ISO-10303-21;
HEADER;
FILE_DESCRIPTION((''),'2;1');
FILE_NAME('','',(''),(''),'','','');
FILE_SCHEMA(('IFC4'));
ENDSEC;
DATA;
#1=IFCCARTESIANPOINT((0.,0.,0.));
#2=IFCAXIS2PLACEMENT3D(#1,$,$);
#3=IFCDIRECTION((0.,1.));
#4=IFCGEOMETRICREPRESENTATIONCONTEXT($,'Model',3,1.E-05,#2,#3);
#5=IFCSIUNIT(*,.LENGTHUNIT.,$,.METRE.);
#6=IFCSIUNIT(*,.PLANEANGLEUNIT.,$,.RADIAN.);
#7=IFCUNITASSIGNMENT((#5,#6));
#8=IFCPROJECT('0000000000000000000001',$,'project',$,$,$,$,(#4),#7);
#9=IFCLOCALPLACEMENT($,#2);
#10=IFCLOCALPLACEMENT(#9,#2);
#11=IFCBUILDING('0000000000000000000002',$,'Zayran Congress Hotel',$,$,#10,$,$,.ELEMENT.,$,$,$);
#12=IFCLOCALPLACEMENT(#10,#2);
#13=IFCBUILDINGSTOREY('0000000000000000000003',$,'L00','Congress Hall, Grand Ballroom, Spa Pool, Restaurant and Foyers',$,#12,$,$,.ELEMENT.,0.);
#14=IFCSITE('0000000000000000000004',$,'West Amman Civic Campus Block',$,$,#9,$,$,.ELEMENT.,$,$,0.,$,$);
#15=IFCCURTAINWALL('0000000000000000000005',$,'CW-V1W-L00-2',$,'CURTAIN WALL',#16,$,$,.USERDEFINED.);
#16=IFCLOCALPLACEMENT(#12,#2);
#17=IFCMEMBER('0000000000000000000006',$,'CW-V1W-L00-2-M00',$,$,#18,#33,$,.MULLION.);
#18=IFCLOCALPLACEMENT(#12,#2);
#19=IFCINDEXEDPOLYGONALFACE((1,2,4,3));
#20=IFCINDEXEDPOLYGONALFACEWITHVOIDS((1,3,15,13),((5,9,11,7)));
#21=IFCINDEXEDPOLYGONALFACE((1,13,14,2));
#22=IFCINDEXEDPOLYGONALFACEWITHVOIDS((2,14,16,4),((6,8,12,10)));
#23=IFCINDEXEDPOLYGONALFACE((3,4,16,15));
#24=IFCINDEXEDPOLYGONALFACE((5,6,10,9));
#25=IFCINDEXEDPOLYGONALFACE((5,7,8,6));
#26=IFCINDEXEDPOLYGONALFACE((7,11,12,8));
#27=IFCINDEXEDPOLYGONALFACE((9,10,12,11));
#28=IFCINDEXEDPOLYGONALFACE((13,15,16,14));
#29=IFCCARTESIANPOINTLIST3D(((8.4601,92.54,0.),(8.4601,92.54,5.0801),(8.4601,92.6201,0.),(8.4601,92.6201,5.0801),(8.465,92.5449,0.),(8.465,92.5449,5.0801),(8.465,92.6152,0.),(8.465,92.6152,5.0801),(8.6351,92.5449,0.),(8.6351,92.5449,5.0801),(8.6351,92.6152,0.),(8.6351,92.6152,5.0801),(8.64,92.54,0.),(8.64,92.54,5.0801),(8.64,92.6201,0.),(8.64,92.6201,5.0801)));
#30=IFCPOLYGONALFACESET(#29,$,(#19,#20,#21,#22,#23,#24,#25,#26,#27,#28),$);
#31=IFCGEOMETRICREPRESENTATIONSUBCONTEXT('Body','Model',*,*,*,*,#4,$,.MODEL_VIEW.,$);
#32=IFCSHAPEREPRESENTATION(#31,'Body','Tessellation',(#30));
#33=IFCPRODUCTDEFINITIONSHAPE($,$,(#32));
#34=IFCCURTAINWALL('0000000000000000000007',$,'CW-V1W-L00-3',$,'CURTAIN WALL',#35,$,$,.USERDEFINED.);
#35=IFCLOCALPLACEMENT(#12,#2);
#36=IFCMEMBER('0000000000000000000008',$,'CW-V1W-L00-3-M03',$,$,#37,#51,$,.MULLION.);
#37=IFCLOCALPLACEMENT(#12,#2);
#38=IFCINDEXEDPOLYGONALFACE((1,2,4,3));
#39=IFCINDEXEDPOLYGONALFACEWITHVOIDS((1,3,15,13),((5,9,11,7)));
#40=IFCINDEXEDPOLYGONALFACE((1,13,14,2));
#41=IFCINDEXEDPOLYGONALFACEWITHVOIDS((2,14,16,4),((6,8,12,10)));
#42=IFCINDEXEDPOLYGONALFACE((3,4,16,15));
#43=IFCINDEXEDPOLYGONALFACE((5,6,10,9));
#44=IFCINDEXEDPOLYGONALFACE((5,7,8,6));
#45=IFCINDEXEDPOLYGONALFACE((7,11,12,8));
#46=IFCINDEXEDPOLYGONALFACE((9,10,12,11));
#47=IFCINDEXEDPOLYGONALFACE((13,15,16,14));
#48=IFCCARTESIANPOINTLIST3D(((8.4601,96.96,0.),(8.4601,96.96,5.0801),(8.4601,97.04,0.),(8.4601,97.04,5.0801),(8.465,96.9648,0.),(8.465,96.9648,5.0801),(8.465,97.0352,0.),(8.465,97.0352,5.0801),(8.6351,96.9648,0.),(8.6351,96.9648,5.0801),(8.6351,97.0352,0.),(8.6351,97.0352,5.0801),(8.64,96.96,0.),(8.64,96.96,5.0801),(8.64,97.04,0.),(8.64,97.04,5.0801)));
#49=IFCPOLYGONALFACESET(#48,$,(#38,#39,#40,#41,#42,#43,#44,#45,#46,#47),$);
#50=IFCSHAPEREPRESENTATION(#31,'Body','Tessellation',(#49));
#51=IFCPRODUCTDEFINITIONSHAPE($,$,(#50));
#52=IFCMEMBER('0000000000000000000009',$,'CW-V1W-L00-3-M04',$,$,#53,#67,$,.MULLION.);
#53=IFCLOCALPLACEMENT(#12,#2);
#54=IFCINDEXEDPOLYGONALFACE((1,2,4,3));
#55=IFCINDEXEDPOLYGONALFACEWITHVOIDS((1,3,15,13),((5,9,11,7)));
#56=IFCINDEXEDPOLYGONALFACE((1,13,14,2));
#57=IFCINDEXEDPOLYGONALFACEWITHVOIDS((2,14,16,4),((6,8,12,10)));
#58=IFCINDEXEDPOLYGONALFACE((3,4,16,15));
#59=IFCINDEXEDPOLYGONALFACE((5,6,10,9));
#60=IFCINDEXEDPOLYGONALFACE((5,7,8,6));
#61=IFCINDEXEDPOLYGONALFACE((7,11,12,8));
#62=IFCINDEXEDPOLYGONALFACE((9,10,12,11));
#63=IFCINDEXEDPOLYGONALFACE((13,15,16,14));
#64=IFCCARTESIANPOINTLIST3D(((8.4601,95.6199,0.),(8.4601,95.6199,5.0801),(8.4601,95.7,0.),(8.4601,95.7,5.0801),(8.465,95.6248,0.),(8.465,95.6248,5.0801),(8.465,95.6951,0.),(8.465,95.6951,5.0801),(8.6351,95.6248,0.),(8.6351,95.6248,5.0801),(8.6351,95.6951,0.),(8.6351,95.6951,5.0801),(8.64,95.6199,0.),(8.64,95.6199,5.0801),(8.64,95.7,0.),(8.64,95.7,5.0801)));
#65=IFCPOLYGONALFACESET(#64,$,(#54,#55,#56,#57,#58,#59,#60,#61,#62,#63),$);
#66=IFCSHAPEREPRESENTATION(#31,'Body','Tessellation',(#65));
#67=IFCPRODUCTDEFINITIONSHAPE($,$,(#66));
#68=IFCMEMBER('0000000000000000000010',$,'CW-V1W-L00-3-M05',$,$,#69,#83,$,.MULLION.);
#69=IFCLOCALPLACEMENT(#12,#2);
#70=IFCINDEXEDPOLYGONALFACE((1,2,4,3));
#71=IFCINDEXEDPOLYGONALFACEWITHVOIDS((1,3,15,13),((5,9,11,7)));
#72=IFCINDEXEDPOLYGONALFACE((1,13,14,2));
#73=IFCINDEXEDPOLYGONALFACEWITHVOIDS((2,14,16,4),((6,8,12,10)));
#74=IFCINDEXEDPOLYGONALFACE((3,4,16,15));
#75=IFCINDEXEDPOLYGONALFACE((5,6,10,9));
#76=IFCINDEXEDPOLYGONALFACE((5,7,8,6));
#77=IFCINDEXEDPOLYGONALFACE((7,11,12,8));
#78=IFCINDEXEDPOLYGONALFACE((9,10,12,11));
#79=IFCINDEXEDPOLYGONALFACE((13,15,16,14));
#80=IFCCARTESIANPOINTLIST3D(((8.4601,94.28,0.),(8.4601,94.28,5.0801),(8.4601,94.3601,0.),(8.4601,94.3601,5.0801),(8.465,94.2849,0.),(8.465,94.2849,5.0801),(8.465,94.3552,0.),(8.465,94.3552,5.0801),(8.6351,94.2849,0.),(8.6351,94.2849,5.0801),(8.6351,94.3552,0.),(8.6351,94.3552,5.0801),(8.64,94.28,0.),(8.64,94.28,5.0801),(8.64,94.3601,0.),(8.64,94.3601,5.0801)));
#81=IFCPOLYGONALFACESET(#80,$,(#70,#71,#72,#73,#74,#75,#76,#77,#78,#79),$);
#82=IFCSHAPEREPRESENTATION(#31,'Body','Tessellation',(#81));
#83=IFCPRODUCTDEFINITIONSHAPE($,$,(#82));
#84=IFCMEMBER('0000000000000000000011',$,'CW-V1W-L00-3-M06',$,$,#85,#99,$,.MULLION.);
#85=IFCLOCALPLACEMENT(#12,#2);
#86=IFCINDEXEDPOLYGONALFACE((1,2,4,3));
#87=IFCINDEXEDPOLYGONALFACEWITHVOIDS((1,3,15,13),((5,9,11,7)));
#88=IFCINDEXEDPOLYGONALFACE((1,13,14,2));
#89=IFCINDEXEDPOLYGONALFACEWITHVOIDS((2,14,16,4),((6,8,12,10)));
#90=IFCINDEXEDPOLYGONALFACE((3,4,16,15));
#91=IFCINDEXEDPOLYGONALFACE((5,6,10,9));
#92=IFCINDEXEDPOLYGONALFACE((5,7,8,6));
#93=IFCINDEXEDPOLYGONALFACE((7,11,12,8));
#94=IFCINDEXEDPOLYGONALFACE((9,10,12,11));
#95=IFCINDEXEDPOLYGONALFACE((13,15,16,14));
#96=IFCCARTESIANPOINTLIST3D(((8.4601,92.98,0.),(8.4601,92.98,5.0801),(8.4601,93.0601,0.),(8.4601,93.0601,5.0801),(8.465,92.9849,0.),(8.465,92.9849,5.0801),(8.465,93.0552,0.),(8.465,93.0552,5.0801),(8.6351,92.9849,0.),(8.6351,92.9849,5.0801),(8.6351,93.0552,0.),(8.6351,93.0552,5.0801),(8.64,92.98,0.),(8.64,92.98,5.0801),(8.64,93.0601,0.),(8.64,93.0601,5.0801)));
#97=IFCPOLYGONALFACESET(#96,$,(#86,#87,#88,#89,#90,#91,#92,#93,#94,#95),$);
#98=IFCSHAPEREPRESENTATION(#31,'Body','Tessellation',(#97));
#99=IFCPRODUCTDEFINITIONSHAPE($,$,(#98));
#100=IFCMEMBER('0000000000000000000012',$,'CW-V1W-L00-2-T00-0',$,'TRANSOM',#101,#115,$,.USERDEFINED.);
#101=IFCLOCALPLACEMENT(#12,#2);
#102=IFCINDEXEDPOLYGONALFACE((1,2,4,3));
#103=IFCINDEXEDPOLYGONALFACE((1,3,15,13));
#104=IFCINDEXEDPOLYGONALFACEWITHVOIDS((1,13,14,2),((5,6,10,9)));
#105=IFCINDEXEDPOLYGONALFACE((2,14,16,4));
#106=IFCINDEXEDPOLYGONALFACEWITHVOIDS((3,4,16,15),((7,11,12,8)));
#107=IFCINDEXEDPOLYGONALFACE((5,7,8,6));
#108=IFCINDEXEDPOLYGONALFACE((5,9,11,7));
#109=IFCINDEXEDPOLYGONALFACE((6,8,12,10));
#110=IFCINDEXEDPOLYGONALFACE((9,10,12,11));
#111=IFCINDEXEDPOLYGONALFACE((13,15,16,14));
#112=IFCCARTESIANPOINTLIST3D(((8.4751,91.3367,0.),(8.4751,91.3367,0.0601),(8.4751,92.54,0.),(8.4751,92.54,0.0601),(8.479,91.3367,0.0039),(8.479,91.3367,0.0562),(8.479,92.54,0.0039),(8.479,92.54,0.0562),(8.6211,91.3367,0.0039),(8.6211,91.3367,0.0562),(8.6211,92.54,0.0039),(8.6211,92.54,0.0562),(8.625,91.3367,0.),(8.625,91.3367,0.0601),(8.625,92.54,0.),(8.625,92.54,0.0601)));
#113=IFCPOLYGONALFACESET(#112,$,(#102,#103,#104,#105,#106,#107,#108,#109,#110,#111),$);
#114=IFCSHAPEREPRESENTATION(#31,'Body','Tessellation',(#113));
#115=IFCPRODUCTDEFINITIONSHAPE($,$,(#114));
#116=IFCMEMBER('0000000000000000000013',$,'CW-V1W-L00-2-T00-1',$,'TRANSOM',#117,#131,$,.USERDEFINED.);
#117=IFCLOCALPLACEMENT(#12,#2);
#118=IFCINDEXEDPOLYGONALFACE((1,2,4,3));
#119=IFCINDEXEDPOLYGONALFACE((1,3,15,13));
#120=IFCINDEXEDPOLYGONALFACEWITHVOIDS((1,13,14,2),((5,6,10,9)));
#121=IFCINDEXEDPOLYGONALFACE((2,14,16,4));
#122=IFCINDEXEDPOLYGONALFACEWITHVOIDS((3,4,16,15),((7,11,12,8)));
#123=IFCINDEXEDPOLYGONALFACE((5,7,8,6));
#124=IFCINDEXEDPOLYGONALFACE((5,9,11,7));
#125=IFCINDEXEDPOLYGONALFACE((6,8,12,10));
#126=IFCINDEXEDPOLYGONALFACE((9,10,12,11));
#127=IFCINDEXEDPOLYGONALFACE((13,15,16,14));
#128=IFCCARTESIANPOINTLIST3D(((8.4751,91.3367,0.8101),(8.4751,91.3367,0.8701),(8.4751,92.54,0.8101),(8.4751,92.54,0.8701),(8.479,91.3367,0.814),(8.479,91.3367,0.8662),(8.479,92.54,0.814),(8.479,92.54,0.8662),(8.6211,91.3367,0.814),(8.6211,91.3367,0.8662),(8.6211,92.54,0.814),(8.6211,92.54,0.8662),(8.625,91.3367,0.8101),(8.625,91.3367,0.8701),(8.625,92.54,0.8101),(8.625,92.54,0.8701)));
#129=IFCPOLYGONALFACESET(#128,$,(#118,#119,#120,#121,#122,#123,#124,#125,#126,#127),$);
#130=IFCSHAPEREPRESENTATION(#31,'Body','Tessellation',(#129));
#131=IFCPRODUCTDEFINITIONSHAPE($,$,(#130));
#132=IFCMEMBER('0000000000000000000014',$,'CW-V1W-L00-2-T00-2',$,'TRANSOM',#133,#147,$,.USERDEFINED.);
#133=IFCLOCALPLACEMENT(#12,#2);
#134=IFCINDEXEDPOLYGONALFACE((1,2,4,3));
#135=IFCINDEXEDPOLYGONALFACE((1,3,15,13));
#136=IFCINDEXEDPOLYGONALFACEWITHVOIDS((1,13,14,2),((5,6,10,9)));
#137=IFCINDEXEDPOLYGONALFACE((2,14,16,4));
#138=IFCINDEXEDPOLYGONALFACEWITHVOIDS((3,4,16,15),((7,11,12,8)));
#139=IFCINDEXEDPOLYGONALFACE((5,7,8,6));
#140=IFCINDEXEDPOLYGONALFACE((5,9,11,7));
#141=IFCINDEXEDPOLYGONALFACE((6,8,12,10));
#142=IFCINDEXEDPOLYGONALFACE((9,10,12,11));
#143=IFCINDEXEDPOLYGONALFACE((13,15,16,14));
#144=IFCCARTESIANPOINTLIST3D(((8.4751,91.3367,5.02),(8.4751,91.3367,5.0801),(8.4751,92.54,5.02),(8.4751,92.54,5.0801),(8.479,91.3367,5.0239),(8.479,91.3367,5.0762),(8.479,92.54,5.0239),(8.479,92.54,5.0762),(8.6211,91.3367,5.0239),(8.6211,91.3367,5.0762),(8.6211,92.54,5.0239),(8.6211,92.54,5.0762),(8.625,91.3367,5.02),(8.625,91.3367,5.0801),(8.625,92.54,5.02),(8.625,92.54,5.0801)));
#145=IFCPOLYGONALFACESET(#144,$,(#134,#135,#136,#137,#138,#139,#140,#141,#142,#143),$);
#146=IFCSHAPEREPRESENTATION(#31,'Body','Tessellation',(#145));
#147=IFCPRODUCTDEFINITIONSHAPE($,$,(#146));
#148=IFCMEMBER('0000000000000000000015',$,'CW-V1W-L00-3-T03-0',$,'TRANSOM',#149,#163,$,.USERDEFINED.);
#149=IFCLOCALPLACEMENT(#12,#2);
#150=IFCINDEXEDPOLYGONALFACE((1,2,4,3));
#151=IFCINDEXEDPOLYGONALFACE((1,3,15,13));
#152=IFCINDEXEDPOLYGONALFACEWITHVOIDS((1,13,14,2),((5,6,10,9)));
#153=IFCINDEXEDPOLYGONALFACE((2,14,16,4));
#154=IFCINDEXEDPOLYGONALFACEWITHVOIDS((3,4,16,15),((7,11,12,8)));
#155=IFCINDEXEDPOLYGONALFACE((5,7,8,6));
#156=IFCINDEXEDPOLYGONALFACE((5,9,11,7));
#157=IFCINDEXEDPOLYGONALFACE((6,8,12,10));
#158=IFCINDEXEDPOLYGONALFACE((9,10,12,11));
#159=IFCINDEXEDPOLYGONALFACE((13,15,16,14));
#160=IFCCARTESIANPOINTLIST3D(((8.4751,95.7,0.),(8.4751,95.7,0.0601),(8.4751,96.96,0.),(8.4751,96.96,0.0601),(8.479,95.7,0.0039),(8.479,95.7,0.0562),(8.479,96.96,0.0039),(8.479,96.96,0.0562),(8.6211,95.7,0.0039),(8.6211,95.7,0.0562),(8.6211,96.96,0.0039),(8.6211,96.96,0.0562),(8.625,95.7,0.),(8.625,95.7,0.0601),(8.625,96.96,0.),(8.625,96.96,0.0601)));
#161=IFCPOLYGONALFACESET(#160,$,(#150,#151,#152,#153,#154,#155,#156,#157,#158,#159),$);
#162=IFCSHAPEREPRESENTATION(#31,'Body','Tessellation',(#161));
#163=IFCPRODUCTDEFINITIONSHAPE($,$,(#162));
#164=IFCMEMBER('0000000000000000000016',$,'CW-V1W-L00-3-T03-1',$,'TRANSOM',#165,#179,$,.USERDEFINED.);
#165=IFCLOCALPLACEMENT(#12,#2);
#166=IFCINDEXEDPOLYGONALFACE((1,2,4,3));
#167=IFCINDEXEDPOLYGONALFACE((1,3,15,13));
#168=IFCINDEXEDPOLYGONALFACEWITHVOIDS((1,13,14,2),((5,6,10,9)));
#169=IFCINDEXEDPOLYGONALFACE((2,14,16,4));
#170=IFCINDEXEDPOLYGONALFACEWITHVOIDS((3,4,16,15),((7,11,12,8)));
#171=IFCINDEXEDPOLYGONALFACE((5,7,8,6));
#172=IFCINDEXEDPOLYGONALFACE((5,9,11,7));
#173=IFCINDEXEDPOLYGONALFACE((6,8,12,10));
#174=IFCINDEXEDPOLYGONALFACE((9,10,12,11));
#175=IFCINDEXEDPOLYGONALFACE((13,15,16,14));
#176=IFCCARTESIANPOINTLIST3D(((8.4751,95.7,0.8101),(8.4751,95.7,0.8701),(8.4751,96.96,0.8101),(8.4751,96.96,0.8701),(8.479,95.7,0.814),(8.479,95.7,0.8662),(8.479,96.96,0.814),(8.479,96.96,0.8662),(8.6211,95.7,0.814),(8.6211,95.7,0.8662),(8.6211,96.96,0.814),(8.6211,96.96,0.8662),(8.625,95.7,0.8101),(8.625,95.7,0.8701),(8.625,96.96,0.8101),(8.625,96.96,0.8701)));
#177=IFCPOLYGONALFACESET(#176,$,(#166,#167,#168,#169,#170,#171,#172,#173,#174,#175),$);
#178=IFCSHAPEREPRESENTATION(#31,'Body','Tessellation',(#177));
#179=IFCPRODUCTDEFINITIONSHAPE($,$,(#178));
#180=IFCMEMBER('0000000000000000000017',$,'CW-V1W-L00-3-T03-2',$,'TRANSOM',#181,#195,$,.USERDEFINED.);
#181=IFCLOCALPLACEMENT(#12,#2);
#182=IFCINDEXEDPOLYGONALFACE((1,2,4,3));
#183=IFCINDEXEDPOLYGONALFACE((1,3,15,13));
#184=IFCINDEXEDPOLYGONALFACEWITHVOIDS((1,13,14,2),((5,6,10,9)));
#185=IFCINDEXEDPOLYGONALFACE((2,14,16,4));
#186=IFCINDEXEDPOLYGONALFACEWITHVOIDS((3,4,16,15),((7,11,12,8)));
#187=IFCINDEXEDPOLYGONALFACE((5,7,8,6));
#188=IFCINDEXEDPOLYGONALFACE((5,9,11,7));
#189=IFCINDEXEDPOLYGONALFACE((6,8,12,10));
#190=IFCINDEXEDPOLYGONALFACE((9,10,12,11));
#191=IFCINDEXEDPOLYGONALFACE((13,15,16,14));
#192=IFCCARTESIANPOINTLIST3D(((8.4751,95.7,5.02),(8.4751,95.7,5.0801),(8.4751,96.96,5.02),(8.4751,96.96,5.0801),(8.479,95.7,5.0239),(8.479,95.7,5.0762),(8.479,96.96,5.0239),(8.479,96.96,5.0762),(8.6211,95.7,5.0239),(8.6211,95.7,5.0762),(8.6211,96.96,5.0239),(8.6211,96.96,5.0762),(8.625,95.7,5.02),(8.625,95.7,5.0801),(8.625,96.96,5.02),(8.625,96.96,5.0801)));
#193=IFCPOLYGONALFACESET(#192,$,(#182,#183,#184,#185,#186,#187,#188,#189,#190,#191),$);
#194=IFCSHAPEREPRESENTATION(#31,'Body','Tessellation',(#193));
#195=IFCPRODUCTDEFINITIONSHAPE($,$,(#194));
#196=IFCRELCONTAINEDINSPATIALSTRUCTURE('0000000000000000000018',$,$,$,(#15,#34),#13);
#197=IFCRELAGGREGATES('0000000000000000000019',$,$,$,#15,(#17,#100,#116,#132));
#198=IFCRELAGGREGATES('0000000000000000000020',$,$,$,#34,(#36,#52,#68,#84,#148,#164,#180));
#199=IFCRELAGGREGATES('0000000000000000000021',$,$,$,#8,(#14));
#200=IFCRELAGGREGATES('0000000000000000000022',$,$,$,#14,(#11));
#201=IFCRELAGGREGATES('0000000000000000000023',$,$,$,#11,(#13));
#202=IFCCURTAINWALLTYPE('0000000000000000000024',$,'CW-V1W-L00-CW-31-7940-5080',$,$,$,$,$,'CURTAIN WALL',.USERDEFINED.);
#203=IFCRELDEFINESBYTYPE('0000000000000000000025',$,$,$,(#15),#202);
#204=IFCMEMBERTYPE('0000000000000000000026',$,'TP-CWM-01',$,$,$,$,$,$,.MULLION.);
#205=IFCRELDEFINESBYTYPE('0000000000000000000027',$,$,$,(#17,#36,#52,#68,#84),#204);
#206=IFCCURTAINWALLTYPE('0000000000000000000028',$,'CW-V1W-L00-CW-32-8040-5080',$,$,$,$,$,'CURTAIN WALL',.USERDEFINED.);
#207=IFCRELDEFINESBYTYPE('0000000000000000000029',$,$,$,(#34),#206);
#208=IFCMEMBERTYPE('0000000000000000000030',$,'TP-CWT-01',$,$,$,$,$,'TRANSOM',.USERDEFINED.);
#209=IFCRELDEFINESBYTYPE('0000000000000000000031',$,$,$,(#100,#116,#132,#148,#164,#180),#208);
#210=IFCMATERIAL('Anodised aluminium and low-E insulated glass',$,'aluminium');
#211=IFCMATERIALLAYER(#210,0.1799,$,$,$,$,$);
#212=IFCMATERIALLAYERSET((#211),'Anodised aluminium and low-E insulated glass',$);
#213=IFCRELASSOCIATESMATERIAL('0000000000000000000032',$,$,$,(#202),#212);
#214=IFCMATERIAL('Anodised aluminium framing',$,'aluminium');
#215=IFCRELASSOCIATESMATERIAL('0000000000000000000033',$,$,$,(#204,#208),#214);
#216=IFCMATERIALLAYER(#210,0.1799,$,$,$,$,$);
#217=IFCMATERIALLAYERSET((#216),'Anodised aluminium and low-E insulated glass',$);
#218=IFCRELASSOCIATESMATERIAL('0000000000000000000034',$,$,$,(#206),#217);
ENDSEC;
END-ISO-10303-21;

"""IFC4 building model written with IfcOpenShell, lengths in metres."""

from ifc_helpers import new_model, si_unit, direction, frame, origin, origin_2d, place, context, subcontext, project, spatial, hollow_rectangle, extrude, material, layer, layer_set, material_profile, profile_set, type_object, element, aggregate, save


model = new_model("IFC4")

# Units and contexts
model_context = context("Model", 3, precision=1e-05, world=origin(), true_north=direction((0.0, 1.0)))
body_context = subcontext(model_context, "Body", "Model", "MODEL_VIEW")
ifc_project = project(units=[si_unit("LENGTHUNIT", "METRE"), si_unit("PLANEANGLEUNIT", "RADIAN")], contexts=[model_context])

# Site, building, storey
site_placement = place(None, origin())
site = spatial("IfcSite", under=ifc_project, at=site_placement, Name="West Amman Civic Campus Block", CompositionType="ELEMENT", RefElevation=0.0)
building_placement = place(site_placement, origin())
building = spatial("IfcBuilding", under=site, at=building_placement, Name="Zayran Congress Hotel", CompositionType="ELEMENT")
storey_placement = place(building_placement, origin())
storey = spatial("IfcBuildingStorey", under=building, at=storey_placement, Name="L00", Description="Congress Hall, Grand Ballroom, Spa Pool, Restaurant and Foyers", CompositionType="ELEMENT", Elevation=0.0)

# Curtain wall, member
ifc_material_1 = material(Name="Anodised aluminium and low-E insulated glass", Category="aluminium")
ifc_layer_1 = layer(ifc_material_1, 0.1799)
ifc_layer_set_1 = layer_set([ifc_layer_1], Name="Anodised aluminium and low-E insulated glass")
curtain_wall_type_1 = type_object("IfcCurtainWallType", Name="CW-V1W-L00-CW-31-7940-5080", ElementType="CURTAIN WALL", PredefinedType="USERDEFINED", material=ifc_layer_set_1)
curtain_wall_1_placement = place(storey_placement, origin())
curtain_wall_1 = element("IfcCurtainWall", 1, at=curtain_wall_1_placement, inside=storey, type_object=curtain_wall_type_1, Name="CW-V1W-L00-2", ObjectType="CURTAIN WALL", PredefinedType="USERDEFINED")
ifc_material_2 = material(Name="Anodised aluminium framing", Category="aluminium")
ifc_material_profile_1 = material_profile(ifc_material_2, hollow_rectangle(XDim=0.0801, YDim=0.1799, WallThickness=0.0049, at=origin_2d()), Name="RHS 180x80x5")
ifc_profile_set_1 = profile_set([ifc_material_profile_1], Name="Anodised aluminium framing")
member_type_1 = type_object("IfcMemberType", Name="TP-CWM-01", PredefinedType="MULLION", material=ifc_profile_set_1)
member_1_placement = place(storey_placement, frame((8.55, 92.5801, 0.0), z_axis=(0.0, 0.0, 1.0), x_axis=(0.0, 1.0, 0.0)))
member_1 = element("IfcMember", 2, at=member_1_placement, type_object=member_type_1, Name="CW-V1W-L00-2-M00", PredefinedType="MULLION", context=body_context, shape_type="SweptSolid", body=[
    extrude(hollow_rectangle(XDim=0.0801, YDim=0.1799, WallThickness=0.0049, at=origin_2d()), origin(), (0.0, 0.0, 1.0), 5.0801),
])

# Curtain wall, members
ifc_layer_2 = layer(ifc_material_1, 0.1799)
ifc_layer_set_2 = layer_set([ifc_layer_2], Name="Anodised aluminium and low-E insulated glass")
curtain_wall_type_2 = type_object("IfcCurtainWallType", Name="CW-V1W-L00-CW-32-8040-5080", ElementType="CURTAIN WALL", PredefinedType="USERDEFINED", material=ifc_layer_set_2)
curtain_wall_2_placement = place(storey_placement, origin())
curtain_wall_2 = element("IfcCurtainWall", 3, at=curtain_wall_2_placement, inside=storey, type_object=curtain_wall_type_2, Name="CW-V1W-L00-3", ObjectType="CURTAIN WALL", PredefinedType="USERDEFINED")
member_2_placement = place(storey_placement, frame((8.55, 97.0, 0.0), z_axis=(0.0, 0.0, 1.0), x_axis=(0.0, 1.0, 0.0)))
member_2 = element("IfcMember", 4, at=member_2_placement, type_object=member_type_1, Name="CW-V1W-L00-3-M03", PredefinedType="MULLION", context=body_context, shape_type="SweptSolid", body=[
    extrude(hollow_rectangle(XDim=0.0801, YDim=0.1799, WallThickness=0.0049, at=origin_2d()), origin(), (0.0, 0.0, 1.0), 5.0801),
])
member_3_placement = place(storey_placement, frame((8.55, 95.6599, 0.0), z_axis=(0.0, 0.0, 1.0), x_axis=(0.0, 1.0, 0.0)))
member_3 = element("IfcMember", 5, at=member_3_placement, type_object=member_type_1, Name="CW-V1W-L00-3-M04", PredefinedType="MULLION", context=body_context, shape_type="SweptSolid", body=[
    extrude(hollow_rectangle(XDim=0.0801, YDim=0.1799, WallThickness=0.0049, at=origin_2d()), origin(), (0.0, 0.0, 1.0), 5.0801),
])
member_4_placement = place(storey_placement, frame((8.55, 94.3201, 0.0), z_axis=(0.0, 0.0, 1.0), x_axis=(0.0, 1.0, 0.0)))
member_4 = element("IfcMember", 6, at=member_4_placement, type_object=member_type_1, Name="CW-V1W-L00-3-M05", PredefinedType="MULLION", context=body_context, shape_type="SweptSolid", body=[
    extrude(hollow_rectangle(XDim=0.0801, YDim=0.1799, WallThickness=0.0049, at=origin_2d()), origin(), (0.0, 0.0, 1.0), 5.0801),
])
member_5_placement = place(storey_placement, frame((8.55, 93.02, 0.0), z_axis=(0.0, 0.0, 1.0), x_axis=(0.0, 1.0, 0.0)))
member_5 = element("IfcMember", 7, at=member_5_placement, type_object=member_type_1, Name="CW-V1W-L00-3-M06", PredefinedType="MULLION", context=body_context, shape_type="SweptSolid", body=[
    extrude(hollow_rectangle(XDim=0.0801, YDim=0.1799, WallThickness=0.0049, at=origin_2d()), origin(), (0.0, 0.0, 1.0), 5.0801),
])

# Members
ifc_material_profile_2 = material_profile(ifc_material_2, hollow_rectangle(XDim=0.0601, YDim=0.1499, WallThickness=0.0039, at=origin_2d()), Name="RHS 150x60x4")
ifc_profile_set_2 = profile_set([ifc_material_profile_2], Name="Anodised aluminium framing")
member_type_2 = type_object("IfcMemberType", Name="TP-CWT-01", ElementType="TRANSOM", PredefinedType="USERDEFINED", material=ifc_profile_set_2)
member_6_placement = place(storey_placement, frame((8.55, 92.54, 0.03), z_axis=(0.0, -1.0, 0.0), x_axis=(0.0, 0.0, 1.0)))
member_6 = element("IfcMember", 8, at=member_6_placement, type_object=member_type_2, Name="CW-V1W-L00-2-T00-0", ObjectType="TRANSOM", PredefinedType="USERDEFINED", context=body_context, shape_type="SweptSolid", body=[
    extrude(hollow_rectangle(XDim=0.0601, YDim=0.1499, WallThickness=0.0039, at=origin_2d()), origin(), (0.0, 0.0, 1.0), 1.2034),
])
member_7_placement = place(storey_placement, frame((8.55, 92.54, 0.8401), z_axis=(0.0, -1.0, 0.0), x_axis=(0.0, 0.0, 1.0)))
member_7 = element("IfcMember", 9, at=member_7_placement, type_object=member_type_2, Name="CW-V1W-L00-2-T00-1", ObjectType="TRANSOM", PredefinedType="USERDEFINED", context=body_context, shape_type="SweptSolid", body=[
    extrude(hollow_rectangle(XDim=0.0601, YDim=0.1499, WallThickness=0.0039, at=origin_2d()), origin(), (0.0, 0.0, 1.0), 1.2034),
])
member_8_placement = place(storey_placement, frame((8.55, 92.54, 5.05), z_axis=(0.0, -1.0, 0.0), x_axis=(0.0, 0.0, 1.0)))
member_8 = element("IfcMember", 10, at=member_8_placement, type_object=member_type_2, Name="CW-V1W-L00-2-T00-2", ObjectType="TRANSOM", PredefinedType="USERDEFINED", context=body_context, shape_type="SweptSolid", body=[
    extrude(hollow_rectangle(XDim=0.0601, YDim=0.1499, WallThickness=0.0039, at=origin_2d()), origin(), (0.0, 0.0, 1.0), 1.2034),
])
aggregate(curtain_wall_1, [member_1, member_6, member_7, member_8])
member_9_placement = place(storey_placement, frame((8.55, 96.96, 0.03), z_axis=(0.0, -1.0, 0.0), x_axis=(0.0, 0.0, 1.0)))
member_9 = element("IfcMember", 11, at=member_9_placement, type_object=member_type_2, Name="CW-V1W-L00-3-T03-0", ObjectType="TRANSOM", PredefinedType="USERDEFINED", context=body_context, shape_type="SweptSolid", body=[
    extrude(hollow_rectangle(XDim=0.0601, YDim=0.1499, WallThickness=0.0039, at=origin_2d()), origin(), (0.0, 0.0, 1.0), 1.26),
])
member_10_placement = place(storey_placement, frame((8.55, 96.96, 0.8401), z_axis=(0.0, -1.0, 0.0), x_axis=(0.0, 0.0, 1.0)))
member_10 = element("IfcMember", 12, at=member_10_placement, type_object=member_type_2, Name="CW-V1W-L00-3-T03-1", ObjectType="TRANSOM", PredefinedType="USERDEFINED", context=body_context, shape_type="SweptSolid", body=[
    extrude(hollow_rectangle(XDim=0.0601, YDim=0.1499, WallThickness=0.0039, at=origin_2d()), origin(), (0.0, 0.0, 1.0), 1.26),
])
member_11_placement = place(storey_placement, frame((8.55, 96.96, 5.05), z_axis=(0.0, -1.0, 0.0), x_axis=(0.0, 0.0, 1.0)))
member_11 = element("IfcMember", 13, at=member_11_placement, type_object=member_type_2, Name="CW-V1W-L00-3-T03-2", ObjectType="TRANSOM", PredefinedType="USERDEFINED", context=body_context, shape_type="SweptSolid", body=[
    extrude(hollow_rectangle(XDim=0.0601, YDim=0.1499, WallThickness=0.0039, at=origin_2d()), origin(), (0.0, 0.0, 1.0), 1.26),
])

aggregate(curtain_wall_2, [member_2, member_3, member_4, member_5, member_9, member_10, member_11])

save(model, "model.ifc")
